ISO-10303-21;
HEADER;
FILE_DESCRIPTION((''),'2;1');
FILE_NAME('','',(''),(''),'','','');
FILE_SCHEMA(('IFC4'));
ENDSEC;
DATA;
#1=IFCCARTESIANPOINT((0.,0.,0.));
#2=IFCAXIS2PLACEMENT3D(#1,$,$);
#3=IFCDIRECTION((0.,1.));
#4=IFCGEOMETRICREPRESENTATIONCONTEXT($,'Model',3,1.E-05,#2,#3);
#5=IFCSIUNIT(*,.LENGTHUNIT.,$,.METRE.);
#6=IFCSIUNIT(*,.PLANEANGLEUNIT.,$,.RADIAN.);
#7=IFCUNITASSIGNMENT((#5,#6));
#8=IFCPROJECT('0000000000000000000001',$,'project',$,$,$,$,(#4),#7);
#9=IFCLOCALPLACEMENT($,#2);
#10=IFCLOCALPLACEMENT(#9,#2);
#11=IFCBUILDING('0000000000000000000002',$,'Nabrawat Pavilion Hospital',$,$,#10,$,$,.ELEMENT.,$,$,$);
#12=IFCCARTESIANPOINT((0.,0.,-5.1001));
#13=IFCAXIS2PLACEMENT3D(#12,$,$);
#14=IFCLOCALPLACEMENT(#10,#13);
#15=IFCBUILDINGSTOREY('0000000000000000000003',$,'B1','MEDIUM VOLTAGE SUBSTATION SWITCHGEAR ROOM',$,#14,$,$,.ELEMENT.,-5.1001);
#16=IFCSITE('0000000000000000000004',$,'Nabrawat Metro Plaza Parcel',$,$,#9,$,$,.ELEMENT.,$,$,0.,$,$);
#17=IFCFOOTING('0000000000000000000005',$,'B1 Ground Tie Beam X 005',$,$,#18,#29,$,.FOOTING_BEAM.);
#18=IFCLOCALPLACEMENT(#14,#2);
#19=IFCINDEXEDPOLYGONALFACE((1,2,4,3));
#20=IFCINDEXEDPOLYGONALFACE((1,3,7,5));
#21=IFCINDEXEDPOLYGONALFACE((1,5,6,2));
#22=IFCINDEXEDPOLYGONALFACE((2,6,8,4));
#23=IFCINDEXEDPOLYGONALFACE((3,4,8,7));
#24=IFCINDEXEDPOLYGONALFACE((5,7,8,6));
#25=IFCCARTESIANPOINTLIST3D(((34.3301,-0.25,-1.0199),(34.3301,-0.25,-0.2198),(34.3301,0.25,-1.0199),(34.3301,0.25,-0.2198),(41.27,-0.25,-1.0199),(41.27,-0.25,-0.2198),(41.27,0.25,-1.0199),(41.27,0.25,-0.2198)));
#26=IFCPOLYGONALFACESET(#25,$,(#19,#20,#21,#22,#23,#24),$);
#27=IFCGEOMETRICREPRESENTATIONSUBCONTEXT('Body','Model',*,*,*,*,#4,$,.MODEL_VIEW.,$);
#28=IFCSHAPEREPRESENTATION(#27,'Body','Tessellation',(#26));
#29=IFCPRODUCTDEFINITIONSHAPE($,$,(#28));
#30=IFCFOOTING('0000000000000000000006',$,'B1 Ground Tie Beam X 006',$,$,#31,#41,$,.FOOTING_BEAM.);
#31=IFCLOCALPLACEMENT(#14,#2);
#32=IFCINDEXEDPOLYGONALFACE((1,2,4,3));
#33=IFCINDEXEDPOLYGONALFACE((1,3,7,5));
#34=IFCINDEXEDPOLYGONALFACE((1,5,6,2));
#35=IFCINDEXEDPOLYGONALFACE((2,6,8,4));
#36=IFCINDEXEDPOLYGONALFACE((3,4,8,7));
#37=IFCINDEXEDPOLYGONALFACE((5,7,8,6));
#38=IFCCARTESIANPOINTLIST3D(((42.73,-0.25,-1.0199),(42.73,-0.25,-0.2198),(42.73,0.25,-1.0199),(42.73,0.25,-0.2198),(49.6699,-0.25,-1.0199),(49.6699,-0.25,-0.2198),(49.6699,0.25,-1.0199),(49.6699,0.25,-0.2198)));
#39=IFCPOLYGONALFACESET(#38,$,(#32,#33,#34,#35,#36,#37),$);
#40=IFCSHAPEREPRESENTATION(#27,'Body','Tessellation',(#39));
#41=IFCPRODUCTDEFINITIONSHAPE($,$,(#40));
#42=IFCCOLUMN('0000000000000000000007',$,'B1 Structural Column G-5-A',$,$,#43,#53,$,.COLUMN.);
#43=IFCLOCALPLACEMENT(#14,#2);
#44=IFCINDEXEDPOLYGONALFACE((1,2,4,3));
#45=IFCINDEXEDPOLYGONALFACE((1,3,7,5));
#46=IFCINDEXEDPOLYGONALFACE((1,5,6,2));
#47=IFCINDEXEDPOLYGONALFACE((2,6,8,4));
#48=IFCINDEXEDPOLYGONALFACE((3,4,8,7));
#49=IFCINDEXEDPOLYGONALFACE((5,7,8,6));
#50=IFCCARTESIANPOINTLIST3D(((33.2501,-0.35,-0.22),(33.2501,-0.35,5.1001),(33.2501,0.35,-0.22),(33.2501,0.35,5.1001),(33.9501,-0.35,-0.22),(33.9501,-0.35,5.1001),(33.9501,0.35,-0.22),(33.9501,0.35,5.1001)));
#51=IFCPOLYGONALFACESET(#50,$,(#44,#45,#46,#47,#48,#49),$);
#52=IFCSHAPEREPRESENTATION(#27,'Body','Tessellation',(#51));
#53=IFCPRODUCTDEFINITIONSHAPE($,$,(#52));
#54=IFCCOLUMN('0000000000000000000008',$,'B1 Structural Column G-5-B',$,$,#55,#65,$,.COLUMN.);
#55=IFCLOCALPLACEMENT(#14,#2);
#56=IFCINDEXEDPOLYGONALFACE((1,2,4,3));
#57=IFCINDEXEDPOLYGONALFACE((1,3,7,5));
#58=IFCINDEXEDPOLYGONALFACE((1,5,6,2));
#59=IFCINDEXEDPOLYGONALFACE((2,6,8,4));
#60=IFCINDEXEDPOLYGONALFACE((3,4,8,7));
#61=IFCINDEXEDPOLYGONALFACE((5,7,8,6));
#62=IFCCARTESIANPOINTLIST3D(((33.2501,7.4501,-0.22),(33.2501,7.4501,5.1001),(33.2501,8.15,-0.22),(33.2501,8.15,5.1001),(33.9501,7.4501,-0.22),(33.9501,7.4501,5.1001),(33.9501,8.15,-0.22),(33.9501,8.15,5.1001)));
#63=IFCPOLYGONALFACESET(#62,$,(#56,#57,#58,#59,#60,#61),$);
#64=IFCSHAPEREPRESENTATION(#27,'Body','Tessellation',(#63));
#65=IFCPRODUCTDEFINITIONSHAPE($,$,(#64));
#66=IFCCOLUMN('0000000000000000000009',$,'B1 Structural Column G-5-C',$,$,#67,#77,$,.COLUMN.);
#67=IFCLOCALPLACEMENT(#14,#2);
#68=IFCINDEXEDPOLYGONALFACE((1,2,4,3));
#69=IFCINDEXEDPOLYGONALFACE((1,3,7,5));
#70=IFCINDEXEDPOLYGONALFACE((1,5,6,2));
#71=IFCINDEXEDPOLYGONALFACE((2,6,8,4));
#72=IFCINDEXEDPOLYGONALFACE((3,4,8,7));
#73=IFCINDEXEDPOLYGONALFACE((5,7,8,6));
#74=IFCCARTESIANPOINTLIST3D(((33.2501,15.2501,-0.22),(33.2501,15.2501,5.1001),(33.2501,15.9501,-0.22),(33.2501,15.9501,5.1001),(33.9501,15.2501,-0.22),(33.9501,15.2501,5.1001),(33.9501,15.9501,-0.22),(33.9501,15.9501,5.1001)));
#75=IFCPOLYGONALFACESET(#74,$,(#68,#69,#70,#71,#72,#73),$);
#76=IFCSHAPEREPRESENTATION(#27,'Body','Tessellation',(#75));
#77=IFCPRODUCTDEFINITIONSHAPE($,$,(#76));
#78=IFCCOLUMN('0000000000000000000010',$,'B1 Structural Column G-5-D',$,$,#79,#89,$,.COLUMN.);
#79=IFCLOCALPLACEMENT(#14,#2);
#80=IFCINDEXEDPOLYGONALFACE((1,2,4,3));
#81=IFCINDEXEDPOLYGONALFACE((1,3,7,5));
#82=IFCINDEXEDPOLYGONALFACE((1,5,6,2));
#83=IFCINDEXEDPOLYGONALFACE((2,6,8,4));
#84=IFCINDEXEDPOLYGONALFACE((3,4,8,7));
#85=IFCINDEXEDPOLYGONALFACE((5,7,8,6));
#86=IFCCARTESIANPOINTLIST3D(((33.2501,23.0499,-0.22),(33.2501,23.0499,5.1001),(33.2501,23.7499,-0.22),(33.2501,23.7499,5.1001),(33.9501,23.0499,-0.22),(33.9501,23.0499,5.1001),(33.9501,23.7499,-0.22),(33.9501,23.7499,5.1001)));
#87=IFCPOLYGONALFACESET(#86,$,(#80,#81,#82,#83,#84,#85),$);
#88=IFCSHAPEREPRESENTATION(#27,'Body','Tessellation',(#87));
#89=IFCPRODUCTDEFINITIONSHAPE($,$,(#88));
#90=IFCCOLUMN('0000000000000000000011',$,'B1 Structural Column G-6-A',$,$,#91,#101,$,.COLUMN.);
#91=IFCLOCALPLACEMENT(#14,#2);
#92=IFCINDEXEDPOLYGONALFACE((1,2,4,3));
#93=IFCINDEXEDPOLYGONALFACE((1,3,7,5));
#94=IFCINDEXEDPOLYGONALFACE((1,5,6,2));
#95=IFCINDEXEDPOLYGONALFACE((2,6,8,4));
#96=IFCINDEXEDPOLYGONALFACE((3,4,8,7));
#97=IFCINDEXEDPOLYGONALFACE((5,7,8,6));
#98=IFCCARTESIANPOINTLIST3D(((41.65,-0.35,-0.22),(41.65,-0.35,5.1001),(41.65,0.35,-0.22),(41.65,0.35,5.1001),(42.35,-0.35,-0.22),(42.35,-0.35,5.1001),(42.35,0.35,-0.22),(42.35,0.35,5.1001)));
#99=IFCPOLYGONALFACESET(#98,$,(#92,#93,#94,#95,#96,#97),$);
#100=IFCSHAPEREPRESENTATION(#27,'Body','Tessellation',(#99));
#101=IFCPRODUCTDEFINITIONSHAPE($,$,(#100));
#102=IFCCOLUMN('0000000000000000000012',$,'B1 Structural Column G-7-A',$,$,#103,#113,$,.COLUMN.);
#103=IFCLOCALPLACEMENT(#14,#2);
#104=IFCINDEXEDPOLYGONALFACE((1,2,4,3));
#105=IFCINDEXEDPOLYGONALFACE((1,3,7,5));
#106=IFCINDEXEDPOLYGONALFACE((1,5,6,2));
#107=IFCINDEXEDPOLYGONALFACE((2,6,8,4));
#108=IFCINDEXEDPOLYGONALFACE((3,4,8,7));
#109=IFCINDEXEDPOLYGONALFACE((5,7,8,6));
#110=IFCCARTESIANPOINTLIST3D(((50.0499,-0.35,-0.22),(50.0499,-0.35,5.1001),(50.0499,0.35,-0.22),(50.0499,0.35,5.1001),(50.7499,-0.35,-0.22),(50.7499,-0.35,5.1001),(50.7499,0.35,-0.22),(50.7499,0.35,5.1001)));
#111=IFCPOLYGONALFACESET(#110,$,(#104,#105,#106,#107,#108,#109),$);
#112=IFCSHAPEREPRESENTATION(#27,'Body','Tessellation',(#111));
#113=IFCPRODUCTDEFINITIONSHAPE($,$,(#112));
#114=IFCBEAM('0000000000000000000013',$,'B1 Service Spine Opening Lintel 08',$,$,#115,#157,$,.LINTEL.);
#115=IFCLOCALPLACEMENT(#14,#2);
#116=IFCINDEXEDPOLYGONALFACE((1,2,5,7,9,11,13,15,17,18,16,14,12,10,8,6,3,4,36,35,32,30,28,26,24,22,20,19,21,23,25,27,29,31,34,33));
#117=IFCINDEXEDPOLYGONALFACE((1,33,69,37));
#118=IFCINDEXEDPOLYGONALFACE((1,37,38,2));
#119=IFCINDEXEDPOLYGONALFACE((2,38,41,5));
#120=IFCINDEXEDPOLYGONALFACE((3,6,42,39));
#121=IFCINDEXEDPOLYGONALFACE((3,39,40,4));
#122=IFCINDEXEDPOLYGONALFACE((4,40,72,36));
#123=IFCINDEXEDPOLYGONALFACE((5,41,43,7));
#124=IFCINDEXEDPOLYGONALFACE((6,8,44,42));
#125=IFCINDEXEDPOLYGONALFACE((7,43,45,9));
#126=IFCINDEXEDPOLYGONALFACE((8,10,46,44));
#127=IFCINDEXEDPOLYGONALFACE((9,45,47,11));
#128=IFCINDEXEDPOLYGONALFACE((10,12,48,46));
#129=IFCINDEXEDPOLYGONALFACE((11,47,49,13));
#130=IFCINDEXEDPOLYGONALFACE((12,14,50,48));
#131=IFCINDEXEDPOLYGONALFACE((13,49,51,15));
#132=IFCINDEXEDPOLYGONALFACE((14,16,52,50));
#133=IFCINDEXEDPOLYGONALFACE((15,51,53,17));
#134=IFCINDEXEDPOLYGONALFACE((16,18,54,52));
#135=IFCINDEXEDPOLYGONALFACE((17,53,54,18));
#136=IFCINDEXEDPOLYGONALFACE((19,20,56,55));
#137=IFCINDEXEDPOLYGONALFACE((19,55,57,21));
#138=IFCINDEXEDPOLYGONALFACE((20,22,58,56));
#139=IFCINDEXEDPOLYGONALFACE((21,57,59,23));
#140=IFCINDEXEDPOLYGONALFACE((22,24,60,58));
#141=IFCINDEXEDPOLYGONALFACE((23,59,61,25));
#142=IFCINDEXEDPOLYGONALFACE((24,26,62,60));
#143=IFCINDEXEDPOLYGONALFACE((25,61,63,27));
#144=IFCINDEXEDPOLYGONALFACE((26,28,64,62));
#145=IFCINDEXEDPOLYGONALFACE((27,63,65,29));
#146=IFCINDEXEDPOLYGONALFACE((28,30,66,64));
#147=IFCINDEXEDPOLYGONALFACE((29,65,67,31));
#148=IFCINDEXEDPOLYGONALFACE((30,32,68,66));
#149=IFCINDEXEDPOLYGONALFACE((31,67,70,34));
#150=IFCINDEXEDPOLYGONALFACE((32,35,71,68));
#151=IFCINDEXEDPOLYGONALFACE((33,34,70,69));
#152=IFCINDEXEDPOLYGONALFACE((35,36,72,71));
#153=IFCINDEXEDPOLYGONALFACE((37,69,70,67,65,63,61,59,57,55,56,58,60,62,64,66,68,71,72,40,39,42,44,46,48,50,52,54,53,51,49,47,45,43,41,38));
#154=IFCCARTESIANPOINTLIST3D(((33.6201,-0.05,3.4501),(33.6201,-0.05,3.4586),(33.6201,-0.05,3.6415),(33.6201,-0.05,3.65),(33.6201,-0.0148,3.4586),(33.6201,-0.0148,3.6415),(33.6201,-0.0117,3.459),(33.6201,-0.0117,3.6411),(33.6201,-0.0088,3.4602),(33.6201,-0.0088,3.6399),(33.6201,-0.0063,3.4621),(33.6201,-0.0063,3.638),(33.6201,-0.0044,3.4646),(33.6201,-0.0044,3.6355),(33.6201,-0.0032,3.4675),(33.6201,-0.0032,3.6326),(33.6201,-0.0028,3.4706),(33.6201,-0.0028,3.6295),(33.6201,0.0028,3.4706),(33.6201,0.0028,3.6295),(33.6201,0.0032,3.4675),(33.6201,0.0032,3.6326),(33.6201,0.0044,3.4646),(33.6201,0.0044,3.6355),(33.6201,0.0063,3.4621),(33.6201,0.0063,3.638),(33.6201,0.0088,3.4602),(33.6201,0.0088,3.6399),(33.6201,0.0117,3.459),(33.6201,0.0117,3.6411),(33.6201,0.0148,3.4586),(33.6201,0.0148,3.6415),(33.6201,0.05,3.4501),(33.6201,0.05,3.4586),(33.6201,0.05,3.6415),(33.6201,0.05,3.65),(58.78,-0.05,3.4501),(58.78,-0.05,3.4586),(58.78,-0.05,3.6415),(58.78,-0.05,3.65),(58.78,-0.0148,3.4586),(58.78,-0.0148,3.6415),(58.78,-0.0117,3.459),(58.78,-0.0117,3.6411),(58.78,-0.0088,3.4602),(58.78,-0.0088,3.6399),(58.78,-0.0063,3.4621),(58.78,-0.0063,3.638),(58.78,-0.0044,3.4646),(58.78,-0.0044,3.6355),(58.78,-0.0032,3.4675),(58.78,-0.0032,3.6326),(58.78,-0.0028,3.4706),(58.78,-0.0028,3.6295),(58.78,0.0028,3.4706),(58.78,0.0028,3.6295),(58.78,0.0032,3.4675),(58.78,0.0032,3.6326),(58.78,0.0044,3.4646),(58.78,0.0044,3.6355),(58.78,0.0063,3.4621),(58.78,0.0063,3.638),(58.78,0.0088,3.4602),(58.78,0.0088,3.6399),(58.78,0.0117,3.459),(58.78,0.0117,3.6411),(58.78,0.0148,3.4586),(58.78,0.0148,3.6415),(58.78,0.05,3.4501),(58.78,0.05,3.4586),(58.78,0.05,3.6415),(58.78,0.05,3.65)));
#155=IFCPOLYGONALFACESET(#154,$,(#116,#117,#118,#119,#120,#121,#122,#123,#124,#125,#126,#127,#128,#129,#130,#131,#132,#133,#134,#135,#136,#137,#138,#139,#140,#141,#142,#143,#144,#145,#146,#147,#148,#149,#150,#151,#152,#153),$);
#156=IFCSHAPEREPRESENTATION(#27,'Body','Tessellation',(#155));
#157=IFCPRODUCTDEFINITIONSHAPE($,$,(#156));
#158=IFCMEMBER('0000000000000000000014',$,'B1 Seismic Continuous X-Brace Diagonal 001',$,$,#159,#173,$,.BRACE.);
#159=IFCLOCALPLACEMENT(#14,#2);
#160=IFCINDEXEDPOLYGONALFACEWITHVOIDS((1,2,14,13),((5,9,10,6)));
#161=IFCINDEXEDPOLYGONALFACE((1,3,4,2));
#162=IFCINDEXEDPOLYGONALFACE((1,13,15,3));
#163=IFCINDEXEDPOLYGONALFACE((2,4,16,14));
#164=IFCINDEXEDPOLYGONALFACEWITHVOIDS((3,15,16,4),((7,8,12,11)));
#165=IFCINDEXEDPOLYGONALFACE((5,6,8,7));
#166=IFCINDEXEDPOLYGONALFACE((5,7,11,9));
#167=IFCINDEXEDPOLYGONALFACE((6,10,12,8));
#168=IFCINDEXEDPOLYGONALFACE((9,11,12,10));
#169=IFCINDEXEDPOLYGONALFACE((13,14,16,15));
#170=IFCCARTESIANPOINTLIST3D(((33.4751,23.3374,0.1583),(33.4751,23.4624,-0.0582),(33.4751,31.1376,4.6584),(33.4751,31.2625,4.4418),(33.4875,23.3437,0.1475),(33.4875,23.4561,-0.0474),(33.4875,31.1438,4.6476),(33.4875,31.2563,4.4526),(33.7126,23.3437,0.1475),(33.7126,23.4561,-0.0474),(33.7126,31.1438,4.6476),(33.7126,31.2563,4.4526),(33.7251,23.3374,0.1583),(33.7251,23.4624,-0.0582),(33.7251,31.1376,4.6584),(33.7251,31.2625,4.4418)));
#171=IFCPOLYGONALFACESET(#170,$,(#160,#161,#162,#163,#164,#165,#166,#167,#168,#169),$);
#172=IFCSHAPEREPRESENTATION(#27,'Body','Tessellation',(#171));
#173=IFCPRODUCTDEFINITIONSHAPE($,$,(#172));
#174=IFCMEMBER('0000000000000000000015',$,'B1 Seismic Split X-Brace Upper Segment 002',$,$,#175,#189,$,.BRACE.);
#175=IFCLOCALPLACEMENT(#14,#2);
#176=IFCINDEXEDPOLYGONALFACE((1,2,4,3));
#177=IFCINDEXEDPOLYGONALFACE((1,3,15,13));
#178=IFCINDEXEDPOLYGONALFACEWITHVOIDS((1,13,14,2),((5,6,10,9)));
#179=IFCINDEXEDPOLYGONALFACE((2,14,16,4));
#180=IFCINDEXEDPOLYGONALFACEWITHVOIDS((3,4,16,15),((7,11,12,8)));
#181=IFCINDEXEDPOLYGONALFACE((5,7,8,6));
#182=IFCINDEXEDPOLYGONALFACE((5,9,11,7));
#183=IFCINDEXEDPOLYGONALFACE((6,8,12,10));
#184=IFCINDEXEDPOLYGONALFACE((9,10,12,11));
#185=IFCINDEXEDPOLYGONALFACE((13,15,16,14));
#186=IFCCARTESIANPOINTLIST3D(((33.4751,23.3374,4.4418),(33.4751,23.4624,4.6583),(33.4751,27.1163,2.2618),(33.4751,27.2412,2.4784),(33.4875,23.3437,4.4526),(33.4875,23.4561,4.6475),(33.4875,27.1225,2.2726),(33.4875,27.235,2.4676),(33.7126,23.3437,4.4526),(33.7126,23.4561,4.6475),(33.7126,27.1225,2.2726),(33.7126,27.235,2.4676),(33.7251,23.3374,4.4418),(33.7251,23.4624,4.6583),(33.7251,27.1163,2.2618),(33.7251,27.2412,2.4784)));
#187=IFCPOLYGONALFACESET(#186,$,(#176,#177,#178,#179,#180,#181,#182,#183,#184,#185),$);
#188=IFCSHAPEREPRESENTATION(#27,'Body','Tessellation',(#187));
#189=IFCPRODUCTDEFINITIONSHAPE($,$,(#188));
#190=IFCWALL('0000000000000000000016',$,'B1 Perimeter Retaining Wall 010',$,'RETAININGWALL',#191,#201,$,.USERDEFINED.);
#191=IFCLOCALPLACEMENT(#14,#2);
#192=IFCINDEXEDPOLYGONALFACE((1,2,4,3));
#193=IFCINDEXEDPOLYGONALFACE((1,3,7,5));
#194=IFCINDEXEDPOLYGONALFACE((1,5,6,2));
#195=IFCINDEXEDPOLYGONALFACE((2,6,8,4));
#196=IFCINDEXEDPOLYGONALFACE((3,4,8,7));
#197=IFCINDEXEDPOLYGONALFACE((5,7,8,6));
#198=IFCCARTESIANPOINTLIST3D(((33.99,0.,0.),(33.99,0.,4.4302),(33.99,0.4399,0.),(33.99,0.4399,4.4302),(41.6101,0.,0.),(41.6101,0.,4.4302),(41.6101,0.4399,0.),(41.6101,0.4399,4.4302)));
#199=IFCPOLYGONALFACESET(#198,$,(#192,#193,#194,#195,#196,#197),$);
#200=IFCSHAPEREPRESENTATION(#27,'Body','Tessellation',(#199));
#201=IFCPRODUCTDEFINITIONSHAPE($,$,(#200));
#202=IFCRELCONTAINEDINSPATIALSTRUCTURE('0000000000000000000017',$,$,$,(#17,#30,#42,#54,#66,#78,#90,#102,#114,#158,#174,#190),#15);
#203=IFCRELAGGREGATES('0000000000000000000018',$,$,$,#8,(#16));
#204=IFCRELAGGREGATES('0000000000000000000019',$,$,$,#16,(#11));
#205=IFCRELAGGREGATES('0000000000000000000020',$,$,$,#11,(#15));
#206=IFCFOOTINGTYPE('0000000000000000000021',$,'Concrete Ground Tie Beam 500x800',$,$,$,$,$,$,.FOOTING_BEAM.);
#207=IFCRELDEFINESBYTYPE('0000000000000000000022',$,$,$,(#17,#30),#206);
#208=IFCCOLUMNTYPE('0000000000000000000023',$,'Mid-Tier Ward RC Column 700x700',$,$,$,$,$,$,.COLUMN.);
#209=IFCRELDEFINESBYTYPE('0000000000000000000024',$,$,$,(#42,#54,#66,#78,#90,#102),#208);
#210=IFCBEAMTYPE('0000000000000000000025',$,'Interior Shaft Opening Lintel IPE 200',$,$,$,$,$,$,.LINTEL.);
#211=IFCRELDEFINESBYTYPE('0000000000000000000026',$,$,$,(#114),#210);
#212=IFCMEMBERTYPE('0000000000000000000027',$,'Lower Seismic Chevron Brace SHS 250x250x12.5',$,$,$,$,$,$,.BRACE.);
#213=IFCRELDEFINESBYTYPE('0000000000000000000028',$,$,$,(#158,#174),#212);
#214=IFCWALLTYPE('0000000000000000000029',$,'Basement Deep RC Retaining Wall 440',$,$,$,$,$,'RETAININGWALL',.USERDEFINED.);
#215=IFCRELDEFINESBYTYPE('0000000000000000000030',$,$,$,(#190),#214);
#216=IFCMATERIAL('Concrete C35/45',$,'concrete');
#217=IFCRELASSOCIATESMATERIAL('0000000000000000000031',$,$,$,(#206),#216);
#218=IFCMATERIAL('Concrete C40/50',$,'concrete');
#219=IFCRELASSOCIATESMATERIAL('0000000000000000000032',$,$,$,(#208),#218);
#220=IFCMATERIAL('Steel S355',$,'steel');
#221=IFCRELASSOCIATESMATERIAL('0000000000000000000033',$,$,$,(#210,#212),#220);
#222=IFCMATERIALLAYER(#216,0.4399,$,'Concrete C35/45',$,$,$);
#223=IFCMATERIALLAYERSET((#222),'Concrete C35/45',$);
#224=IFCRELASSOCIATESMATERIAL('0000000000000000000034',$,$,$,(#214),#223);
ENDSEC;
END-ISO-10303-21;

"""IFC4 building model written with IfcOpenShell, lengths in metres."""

from ifc_helpers import new_model, si_unit, direction, frame, frame_2d, origin, origin_2d, place, context, subcontext, project, spatial, rectangle, hollow_rectangle, i_section, extrude, material, layer, layer_set, material_profile, profile_set, type_object, element, save


model = new_model("IFC4")

# Units and contexts
model_context = context("Model", 3, precision=1e-05, world=origin(), true_north=direction((0.0, 1.0)))
body_context = subcontext(model_context, "Body", "Model", "MODEL_VIEW")
ifc_project = project(units=[si_unit("LENGTHUNIT", "METRE"), si_unit("PLANEANGLEUNIT", "RADIAN")], contexts=[model_context])

# Site, building, storey
site_placement = place(None, origin())
site = spatial("IfcSite", under=ifc_project, at=site_placement, Name="Nabrawat Metro Plaza Parcel", CompositionType="ELEMENT", RefElevation=0.0)
building_placement = place(site_placement, origin())
building = spatial("IfcBuilding", under=site, at=building_placement, Name="Nabrawat Pavilion Hospital", CompositionType="ELEMENT")
storey_placement = place(building_placement, frame((0.0, 0.0, -5.1001)))
storey = spatial("IfcBuildingStorey", under=building, at=storey_placement, Name="B1", Description="MEDIUM VOLTAGE SUBSTATION SWITCHGEAR ROOM", CompositionType="ELEMENT", Elevation=-5.1001)

# Shared definitions
ifc_material_1 = material(Name="Concrete C35/45", Category="concrete")

# Footings
ifc_material_profile_1 = material_profile(ifc_material_1, rectangle(XDim=0.5, YDim=0.8, at=origin_2d()), Name="RC 500x800")
ifc_profile_set_1 = profile_set([ifc_material_profile_1], Name="Concrete C35/45")
footing_type = type_object("IfcFootingType", Name="Concrete Ground Tie Beam 500x800", PredefinedType="FOOTING_BEAM", material=ifc_profile_set_1)
for number, where, z_axis, x_axis, name in (
    (1, (34.3301, 0.0, -0.6199), (1.0, 0.0, 0.0), (0.0, 1.0, 0.0), "B1 Ground Tie Beam X 005"),
    (2, (42.73, 0.0, -0.6199), (1.0, 0.0, 0.0), (0.0, 1.0, 0.0), "B1 Ground Tie Beam X 006"),
):
    element("IfcFooting", number, at=place(storey_placement, frame(where, z_axis=z_axis, x_axis=x_axis)), inside=storey, type_object=footing_type, Name=name, PredefinedType="FOOTING_BEAM", context=body_context, shape_type="SweptSolid", body=[
        extrude(rectangle(XDim=0.5, YDim=0.8, at=origin_2d()), origin(), (0.0, 0.0, 1.0), 6.9399),
    ])

# Columns
ifc_material_2 = material(Name="Concrete C40/50", Category="concrete")
ifc_material_profile_2 = material_profile(ifc_material_2, rectangle(XDim=0.7, YDim=0.7, at=origin_2d()), Name="RC 700x700")
ifc_profile_set_2 = profile_set([ifc_material_profile_2], Name="Concrete C40/50")
column_type = type_object("IfcColumnType", Name="Mid-Tier Ward RC Column 700x700", PredefinedType="COLUMN", material=ifc_profile_set_2)
for number, where, z_axis, x_axis, name in (
    (3, (33.6001, 0.0, -0.22), (0.0, 0.0, 1.0), (1.0, 0.0, 0.0), "B1 Structural Column G-5-A"),
    (4, (33.6001, 7.8, -0.22), (0.0, 0.0, 1.0), (1.0, 0.0, 0.0), "B1 Structural Column G-5-B"),
    (5, (33.6001, 15.6001, -0.22), (0.0, 0.0, 1.0), (1.0, 0.0, 0.0), "B1 Structural Column G-5-C"),
    (6, (33.6001, 23.3999, -0.22), (0.0, 0.0, 1.0), (1.0, 0.0, 0.0), "B1 Structural Column G-5-D"),
    (7, (42.0, 0.0, -0.22), (0.0, 0.0, 1.0), (1.0, 0.0, 0.0), "B1 Structural Column G-6-A"),
    (8, (50.3999, 0.0, -0.22), (0.0, 0.0, 1.0), (1.0, 0.0, 0.0), "B1 Structural Column G-7-A"),
):
    element("IfcColumn", number, at=place(storey_placement, frame(where, z_axis=z_axis, x_axis=x_axis)), inside=storey, type_object=column_type, Name=name, PredefinedType="COLUMN", context=body_context, shape_type="SweptSolid", body=[
        extrude(rectangle(XDim=0.7, YDim=0.7, at=origin_2d()), origin(), (0.0, 0.0, 1.0), 5.3201),
    ])

# Beam
ifc_material_3 = material(Name="Steel S355", Category="steel")
ifc_material_profile_3 = material_profile(ifc_material_3, i_section(OverallWidth=0.1001, OverallDepth=0.2, WebThickness=0.0056, FlangeThickness=0.0085, FilletRadius=0.012, at=origin_2d()), Name="IPE 200")
ifc_profile_set_3 = profile_set([ifc_material_profile_3], Name="Steel S355")
beam_type = type_object("IfcBeamType", Name="Interior Shaft Opening Lintel IPE 200", PredefinedType="LINTEL", material=ifc_profile_set_3)
beam_placement = place(storey_placement, frame((33.6201, 0.0, 3.55), z_axis=(1.0, 0.0, 0.0), x_axis=(0.0, 1.0, 0.0)))
element("IfcBeam", 9, at=beam_placement, inside=storey, type_object=beam_type, Name="B1 Service Spine Opening Lintel 08", PredefinedType="LINTEL", context=body_context, shape_type="SweptSolid", body=[
    extrude(i_section(OverallWidth=0.1001, OverallDepth=0.2, WebThickness=0.0056, FlangeThickness=0.0085, FilletRadius=0.012, at=origin_2d()), origin(), (0.0, 0.0, 1.0), 25.1599),
])

# Members
ifc_material_profile_4 = material_profile(ifc_material_3, hollow_rectangle(XDim=0.25, YDim=0.25, WallThickness=0.0125, at=origin_2d()), Name="SHS 250x250x12.5")
ifc_profile_set_4 = profile_set([ifc_material_profile_4], Name="Steel S355")
member_type = type_object("IfcMemberType", Name="Lower Seismic Chevron Brace SHS 250x250x12.5", PredefinedType="BRACE", material=ifc_profile_set_4)
member_1_placement = place(storey_placement, frame((33.6001, 23.3999, 0.05), z_axis=(0.0, 0.866187, 0.49972), x_axis=(-1.0, 0.0, 0.0)))
element("IfcMember", 10, at=member_1_placement, inside=storey, type_object=member_type, Name="B1 Seismic Continuous X-Brace Diagonal 001", PredefinedType="BRACE", context=body_context, shape_type="SweptSolid", body=[
    extrude(hollow_rectangle(XDim=0.25, YDim=0.25, WallThickness=0.0125, at=origin_2d()), origin(), (0.0, 0.0, 1.0), 9.0051),
])
member_2_placement = place(storey_placement, frame((33.6001, 23.3999, 4.55), z_axis=(0.0, 0.8662, -0.499697), x_axis=(-1.0, 0.0, 0.0)))
element("IfcMember", 11, at=member_2_placement, inside=storey, type_object=member_type, Name="B1 Seismic Split X-Brace Upper Segment 002", PredefinedType="BRACE", context=body_context, shape_type="SweptSolid", body=[
    extrude(hollow_rectangle(XDim=0.25, YDim=0.25, WallThickness=0.0125, at=origin_2d()), origin(), (0.0, 0.0, 1.0), 4.3625),
])

# Wall
ifc_layer_1 = layer(ifc_material_1, 0.4399, Name="Concrete C35/45")
ifc_layer_set_1 = layer_set([ifc_layer_1], Name="Concrete C35/45")
wall_type_1 = type_object("IfcWallType", Name="Basement Deep RC Retaining Wall 440", ElementType="RETAININGWALL", PredefinedType="USERDEFINED", material=ifc_layer_set_1)
wall_1_placement = place(storey_placement, frame((33.99, 0.22, 0.0), z_axis=(0.0, 0.0, 1.0), x_axis=(1.0, 0.0, 0.0)))
element("IfcWall", 12, at=wall_1_placement, inside=storey, type_object=wall_type_1, Name="B1 Perimeter Retaining Wall 010", ObjectType="RETAININGWALL", PredefinedType="USERDEFINED", context=body_context, shape_type="SweptSolid", body=[
    extrude(rectangle(XDim=7.6201, YDim=0.4399, at=frame_2d((3.8101, 0.0))), origin(), (0.0, 0.0, 1.0), 4.4302),
])

save(model, "model.ifc")
